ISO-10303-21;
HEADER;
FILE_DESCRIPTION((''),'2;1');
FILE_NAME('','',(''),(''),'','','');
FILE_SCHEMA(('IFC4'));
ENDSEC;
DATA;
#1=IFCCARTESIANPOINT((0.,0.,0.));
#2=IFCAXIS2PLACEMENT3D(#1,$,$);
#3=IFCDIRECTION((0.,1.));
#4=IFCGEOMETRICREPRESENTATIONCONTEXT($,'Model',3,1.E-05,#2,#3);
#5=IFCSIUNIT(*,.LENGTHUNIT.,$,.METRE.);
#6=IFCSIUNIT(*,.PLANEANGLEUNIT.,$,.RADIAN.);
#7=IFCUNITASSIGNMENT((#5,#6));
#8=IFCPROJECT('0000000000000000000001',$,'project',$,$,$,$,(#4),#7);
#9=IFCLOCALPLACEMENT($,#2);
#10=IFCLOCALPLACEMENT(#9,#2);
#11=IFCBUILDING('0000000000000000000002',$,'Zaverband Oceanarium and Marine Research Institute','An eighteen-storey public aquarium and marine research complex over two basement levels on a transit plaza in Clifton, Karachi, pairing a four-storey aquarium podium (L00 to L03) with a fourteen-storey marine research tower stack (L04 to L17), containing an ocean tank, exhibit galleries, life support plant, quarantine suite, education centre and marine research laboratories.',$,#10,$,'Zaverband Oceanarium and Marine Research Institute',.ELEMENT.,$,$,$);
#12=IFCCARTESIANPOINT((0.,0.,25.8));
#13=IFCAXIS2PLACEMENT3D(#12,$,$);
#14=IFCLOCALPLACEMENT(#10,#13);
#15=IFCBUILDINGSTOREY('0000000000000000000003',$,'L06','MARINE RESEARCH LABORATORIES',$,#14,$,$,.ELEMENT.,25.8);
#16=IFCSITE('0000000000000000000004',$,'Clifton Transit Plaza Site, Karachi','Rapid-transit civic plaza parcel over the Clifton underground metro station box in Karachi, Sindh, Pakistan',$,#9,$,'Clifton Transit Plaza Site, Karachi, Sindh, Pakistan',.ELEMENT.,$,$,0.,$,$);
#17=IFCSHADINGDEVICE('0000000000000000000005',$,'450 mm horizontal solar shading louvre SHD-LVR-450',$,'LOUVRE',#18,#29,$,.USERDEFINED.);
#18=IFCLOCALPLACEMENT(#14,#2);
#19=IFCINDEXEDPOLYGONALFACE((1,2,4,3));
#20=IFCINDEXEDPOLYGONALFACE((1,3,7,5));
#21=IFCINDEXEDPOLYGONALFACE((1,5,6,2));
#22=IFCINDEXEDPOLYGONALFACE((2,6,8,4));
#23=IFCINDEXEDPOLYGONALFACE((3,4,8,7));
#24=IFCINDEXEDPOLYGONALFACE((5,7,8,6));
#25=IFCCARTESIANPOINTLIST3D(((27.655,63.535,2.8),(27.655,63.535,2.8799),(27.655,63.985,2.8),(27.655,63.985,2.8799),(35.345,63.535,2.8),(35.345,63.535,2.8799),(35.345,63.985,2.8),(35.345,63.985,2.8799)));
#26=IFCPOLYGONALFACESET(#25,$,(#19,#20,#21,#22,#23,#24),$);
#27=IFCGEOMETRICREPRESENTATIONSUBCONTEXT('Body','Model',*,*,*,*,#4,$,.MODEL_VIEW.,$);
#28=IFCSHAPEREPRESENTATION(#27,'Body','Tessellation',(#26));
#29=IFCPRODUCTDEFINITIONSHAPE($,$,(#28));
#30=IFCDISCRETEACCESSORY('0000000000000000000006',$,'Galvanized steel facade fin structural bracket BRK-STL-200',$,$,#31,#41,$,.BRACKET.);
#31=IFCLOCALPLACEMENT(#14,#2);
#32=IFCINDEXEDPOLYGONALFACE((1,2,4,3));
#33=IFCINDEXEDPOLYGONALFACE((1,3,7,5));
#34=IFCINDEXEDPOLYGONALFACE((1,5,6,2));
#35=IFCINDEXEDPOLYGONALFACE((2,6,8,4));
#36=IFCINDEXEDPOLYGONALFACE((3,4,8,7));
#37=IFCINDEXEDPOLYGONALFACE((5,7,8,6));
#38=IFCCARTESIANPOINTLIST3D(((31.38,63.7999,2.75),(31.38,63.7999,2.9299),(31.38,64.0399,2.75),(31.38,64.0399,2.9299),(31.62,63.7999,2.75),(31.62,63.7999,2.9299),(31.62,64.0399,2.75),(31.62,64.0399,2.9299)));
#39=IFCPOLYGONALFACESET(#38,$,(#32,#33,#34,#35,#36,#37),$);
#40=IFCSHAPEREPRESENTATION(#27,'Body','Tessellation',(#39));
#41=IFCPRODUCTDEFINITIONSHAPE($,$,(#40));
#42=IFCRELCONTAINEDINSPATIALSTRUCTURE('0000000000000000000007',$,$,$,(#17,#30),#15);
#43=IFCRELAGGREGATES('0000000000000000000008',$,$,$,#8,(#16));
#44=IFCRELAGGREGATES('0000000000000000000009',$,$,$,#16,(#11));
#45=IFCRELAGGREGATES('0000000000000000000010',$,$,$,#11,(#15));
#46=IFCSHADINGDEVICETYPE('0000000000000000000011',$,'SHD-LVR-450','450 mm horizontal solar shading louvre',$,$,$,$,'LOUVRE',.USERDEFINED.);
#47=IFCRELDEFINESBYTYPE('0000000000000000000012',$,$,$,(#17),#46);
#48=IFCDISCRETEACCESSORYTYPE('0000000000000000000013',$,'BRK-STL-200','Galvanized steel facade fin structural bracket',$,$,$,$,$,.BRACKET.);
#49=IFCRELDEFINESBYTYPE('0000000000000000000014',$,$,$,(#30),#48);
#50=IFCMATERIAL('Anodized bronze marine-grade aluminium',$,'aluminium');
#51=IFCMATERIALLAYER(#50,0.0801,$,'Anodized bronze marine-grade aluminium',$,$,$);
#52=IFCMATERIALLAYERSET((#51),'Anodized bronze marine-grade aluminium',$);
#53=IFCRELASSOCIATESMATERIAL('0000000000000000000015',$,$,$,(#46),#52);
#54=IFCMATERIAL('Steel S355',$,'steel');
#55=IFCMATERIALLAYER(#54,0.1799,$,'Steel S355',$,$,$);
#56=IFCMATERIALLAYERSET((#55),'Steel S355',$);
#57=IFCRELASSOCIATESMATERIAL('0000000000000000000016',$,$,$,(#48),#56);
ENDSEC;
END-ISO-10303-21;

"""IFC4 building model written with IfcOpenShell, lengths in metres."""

from ifc_helpers import new_model, si_unit, direction, frame, frame_2d, origin, origin_2d, place, context, subcontext, project, spatial, rectangle, extrude, material, layer, layer_set, type_object, element, save


model = new_model("IFC4")

# Units and contexts
model_context = context("Model", 3, precision=1e-05, world=origin(), true_north=direction((0.0, 1.0)))
body_context = subcontext(model_context, "Body", "Model", "MODEL_VIEW")
ifc_project = project(units=[si_unit("LENGTHUNIT", "METRE"), si_unit("PLANEANGLEUNIT", "RADIAN")], contexts=[model_context])

# Site, building, storey
site_placement = place(None, origin())
site = spatial("IfcSite", under=ifc_project, at=site_placement, Name="Clifton Transit Plaza Site, Karachi", Description="Rapid-transit civic plaza parcel over the Clifton underground metro station box in Karachi, Sindh, Pakistan", LongName="Clifton Transit Plaza Site, Karachi, Sindh, Pakistan", CompositionType="ELEMENT", RefElevation=0.0)
building_placement = place(site_placement, origin())
building = spatial("IfcBuilding", under=site, at=building_placement, Name="Zaverband Oceanarium and Marine Research Institute", Description="An eighteen-storey public aquarium and marine research complex over two basement levels on a transit plaza in Clifton, Karachi, pairing a four-storey aquarium podium (L00 to L03) with a fourteen-storey marine research tower stack (L04 to L17), containing an ocean tank, exhibit galleries, life support plant, quarantine suite, education centre and marine research laboratories.", LongName="Zaverband Oceanarium and Marine Research Institute", CompositionType="ELEMENT")
storey_placement = place(building_placement, frame((0.0, 0.0, 25.8)))
storey = spatial("IfcBuildingStorey", under=building, at=storey_placement, Name="L06", Description="MARINE RESEARCH LABORATORIES", CompositionType="ELEMENT", Elevation=25.8)

# Shading device
ifc_material_1 = material(Name="Anodized bronze marine-grade aluminium", Category="aluminium")
ifc_layer_1 = layer(ifc_material_1, 0.0801, Name="Anodized bronze marine-grade aluminium")
ifc_layer_set_1 = layer_set([ifc_layer_1], Name="Anodized bronze marine-grade aluminium")
shading_device_type = type_object("IfcShadingDeviceType", Name="SHD-LVR-450", Description="450 mm horizontal solar shading louvre", ElementType="LOUVRE", PredefinedType="USERDEFINED", material=ifc_layer_set_1)
shading_device_placement = place(storey_placement, frame((27.655, 63.76, 2.8), z_axis=(0.0, 0.0, 1.0), x_axis=(1.0, 0.0, 0.0)))
element("IfcShadingDevice", 1, at=shading_device_placement, inside=storey, type_object=shading_device_type, Name="450 mm horizontal solar shading louvre SHD-LVR-450", ObjectType="LOUVRE", PredefinedType="USERDEFINED", context=body_context, shape_type="SweptSolid", body=[
    extrude(rectangle(XDim=7.6899, YDim=0.45, at=frame_2d((3.845, 0.0))), origin(), (0.0, 0.0, 1.0), 0.0798),
])

# Discrete accessory
ifc_material_2 = material(Name="Steel S355", Category="steel")
ifc_layer_2 = layer(ifc_material_2, 0.1799, Name="Steel S355")
ifc_layer_set_2 = layer_set([ifc_layer_2], Name="Steel S355")
discrete_accessory_type = type_object("IfcDiscreteAccessoryType", Name="BRK-STL-200", Description="Galvanized steel facade fin structural bracket", PredefinedType="BRACKET", material=ifc_layer_set_2)
discrete_accessory_placement = place(storey_placement, frame((31.5, 63.9199, 2.75), z_axis=(0.0, 0.0, 1.0), x_axis=(1.0, 0.0, 0.0)))
element("IfcDiscreteAccessory", 2, at=discrete_accessory_placement, inside=storey, type_object=discrete_accessory_type, Name="Galvanized steel facade fin structural bracket BRK-STL-200", PredefinedType="BRACKET", context=body_context, shape_type="SweptSolid", body=[
    extrude(rectangle(XDim=0.24, YDim=0.24, at=origin_2d()), origin(), (0.0, 0.0, 1.0), 0.1799),
])

save(model, "model.ifc")
